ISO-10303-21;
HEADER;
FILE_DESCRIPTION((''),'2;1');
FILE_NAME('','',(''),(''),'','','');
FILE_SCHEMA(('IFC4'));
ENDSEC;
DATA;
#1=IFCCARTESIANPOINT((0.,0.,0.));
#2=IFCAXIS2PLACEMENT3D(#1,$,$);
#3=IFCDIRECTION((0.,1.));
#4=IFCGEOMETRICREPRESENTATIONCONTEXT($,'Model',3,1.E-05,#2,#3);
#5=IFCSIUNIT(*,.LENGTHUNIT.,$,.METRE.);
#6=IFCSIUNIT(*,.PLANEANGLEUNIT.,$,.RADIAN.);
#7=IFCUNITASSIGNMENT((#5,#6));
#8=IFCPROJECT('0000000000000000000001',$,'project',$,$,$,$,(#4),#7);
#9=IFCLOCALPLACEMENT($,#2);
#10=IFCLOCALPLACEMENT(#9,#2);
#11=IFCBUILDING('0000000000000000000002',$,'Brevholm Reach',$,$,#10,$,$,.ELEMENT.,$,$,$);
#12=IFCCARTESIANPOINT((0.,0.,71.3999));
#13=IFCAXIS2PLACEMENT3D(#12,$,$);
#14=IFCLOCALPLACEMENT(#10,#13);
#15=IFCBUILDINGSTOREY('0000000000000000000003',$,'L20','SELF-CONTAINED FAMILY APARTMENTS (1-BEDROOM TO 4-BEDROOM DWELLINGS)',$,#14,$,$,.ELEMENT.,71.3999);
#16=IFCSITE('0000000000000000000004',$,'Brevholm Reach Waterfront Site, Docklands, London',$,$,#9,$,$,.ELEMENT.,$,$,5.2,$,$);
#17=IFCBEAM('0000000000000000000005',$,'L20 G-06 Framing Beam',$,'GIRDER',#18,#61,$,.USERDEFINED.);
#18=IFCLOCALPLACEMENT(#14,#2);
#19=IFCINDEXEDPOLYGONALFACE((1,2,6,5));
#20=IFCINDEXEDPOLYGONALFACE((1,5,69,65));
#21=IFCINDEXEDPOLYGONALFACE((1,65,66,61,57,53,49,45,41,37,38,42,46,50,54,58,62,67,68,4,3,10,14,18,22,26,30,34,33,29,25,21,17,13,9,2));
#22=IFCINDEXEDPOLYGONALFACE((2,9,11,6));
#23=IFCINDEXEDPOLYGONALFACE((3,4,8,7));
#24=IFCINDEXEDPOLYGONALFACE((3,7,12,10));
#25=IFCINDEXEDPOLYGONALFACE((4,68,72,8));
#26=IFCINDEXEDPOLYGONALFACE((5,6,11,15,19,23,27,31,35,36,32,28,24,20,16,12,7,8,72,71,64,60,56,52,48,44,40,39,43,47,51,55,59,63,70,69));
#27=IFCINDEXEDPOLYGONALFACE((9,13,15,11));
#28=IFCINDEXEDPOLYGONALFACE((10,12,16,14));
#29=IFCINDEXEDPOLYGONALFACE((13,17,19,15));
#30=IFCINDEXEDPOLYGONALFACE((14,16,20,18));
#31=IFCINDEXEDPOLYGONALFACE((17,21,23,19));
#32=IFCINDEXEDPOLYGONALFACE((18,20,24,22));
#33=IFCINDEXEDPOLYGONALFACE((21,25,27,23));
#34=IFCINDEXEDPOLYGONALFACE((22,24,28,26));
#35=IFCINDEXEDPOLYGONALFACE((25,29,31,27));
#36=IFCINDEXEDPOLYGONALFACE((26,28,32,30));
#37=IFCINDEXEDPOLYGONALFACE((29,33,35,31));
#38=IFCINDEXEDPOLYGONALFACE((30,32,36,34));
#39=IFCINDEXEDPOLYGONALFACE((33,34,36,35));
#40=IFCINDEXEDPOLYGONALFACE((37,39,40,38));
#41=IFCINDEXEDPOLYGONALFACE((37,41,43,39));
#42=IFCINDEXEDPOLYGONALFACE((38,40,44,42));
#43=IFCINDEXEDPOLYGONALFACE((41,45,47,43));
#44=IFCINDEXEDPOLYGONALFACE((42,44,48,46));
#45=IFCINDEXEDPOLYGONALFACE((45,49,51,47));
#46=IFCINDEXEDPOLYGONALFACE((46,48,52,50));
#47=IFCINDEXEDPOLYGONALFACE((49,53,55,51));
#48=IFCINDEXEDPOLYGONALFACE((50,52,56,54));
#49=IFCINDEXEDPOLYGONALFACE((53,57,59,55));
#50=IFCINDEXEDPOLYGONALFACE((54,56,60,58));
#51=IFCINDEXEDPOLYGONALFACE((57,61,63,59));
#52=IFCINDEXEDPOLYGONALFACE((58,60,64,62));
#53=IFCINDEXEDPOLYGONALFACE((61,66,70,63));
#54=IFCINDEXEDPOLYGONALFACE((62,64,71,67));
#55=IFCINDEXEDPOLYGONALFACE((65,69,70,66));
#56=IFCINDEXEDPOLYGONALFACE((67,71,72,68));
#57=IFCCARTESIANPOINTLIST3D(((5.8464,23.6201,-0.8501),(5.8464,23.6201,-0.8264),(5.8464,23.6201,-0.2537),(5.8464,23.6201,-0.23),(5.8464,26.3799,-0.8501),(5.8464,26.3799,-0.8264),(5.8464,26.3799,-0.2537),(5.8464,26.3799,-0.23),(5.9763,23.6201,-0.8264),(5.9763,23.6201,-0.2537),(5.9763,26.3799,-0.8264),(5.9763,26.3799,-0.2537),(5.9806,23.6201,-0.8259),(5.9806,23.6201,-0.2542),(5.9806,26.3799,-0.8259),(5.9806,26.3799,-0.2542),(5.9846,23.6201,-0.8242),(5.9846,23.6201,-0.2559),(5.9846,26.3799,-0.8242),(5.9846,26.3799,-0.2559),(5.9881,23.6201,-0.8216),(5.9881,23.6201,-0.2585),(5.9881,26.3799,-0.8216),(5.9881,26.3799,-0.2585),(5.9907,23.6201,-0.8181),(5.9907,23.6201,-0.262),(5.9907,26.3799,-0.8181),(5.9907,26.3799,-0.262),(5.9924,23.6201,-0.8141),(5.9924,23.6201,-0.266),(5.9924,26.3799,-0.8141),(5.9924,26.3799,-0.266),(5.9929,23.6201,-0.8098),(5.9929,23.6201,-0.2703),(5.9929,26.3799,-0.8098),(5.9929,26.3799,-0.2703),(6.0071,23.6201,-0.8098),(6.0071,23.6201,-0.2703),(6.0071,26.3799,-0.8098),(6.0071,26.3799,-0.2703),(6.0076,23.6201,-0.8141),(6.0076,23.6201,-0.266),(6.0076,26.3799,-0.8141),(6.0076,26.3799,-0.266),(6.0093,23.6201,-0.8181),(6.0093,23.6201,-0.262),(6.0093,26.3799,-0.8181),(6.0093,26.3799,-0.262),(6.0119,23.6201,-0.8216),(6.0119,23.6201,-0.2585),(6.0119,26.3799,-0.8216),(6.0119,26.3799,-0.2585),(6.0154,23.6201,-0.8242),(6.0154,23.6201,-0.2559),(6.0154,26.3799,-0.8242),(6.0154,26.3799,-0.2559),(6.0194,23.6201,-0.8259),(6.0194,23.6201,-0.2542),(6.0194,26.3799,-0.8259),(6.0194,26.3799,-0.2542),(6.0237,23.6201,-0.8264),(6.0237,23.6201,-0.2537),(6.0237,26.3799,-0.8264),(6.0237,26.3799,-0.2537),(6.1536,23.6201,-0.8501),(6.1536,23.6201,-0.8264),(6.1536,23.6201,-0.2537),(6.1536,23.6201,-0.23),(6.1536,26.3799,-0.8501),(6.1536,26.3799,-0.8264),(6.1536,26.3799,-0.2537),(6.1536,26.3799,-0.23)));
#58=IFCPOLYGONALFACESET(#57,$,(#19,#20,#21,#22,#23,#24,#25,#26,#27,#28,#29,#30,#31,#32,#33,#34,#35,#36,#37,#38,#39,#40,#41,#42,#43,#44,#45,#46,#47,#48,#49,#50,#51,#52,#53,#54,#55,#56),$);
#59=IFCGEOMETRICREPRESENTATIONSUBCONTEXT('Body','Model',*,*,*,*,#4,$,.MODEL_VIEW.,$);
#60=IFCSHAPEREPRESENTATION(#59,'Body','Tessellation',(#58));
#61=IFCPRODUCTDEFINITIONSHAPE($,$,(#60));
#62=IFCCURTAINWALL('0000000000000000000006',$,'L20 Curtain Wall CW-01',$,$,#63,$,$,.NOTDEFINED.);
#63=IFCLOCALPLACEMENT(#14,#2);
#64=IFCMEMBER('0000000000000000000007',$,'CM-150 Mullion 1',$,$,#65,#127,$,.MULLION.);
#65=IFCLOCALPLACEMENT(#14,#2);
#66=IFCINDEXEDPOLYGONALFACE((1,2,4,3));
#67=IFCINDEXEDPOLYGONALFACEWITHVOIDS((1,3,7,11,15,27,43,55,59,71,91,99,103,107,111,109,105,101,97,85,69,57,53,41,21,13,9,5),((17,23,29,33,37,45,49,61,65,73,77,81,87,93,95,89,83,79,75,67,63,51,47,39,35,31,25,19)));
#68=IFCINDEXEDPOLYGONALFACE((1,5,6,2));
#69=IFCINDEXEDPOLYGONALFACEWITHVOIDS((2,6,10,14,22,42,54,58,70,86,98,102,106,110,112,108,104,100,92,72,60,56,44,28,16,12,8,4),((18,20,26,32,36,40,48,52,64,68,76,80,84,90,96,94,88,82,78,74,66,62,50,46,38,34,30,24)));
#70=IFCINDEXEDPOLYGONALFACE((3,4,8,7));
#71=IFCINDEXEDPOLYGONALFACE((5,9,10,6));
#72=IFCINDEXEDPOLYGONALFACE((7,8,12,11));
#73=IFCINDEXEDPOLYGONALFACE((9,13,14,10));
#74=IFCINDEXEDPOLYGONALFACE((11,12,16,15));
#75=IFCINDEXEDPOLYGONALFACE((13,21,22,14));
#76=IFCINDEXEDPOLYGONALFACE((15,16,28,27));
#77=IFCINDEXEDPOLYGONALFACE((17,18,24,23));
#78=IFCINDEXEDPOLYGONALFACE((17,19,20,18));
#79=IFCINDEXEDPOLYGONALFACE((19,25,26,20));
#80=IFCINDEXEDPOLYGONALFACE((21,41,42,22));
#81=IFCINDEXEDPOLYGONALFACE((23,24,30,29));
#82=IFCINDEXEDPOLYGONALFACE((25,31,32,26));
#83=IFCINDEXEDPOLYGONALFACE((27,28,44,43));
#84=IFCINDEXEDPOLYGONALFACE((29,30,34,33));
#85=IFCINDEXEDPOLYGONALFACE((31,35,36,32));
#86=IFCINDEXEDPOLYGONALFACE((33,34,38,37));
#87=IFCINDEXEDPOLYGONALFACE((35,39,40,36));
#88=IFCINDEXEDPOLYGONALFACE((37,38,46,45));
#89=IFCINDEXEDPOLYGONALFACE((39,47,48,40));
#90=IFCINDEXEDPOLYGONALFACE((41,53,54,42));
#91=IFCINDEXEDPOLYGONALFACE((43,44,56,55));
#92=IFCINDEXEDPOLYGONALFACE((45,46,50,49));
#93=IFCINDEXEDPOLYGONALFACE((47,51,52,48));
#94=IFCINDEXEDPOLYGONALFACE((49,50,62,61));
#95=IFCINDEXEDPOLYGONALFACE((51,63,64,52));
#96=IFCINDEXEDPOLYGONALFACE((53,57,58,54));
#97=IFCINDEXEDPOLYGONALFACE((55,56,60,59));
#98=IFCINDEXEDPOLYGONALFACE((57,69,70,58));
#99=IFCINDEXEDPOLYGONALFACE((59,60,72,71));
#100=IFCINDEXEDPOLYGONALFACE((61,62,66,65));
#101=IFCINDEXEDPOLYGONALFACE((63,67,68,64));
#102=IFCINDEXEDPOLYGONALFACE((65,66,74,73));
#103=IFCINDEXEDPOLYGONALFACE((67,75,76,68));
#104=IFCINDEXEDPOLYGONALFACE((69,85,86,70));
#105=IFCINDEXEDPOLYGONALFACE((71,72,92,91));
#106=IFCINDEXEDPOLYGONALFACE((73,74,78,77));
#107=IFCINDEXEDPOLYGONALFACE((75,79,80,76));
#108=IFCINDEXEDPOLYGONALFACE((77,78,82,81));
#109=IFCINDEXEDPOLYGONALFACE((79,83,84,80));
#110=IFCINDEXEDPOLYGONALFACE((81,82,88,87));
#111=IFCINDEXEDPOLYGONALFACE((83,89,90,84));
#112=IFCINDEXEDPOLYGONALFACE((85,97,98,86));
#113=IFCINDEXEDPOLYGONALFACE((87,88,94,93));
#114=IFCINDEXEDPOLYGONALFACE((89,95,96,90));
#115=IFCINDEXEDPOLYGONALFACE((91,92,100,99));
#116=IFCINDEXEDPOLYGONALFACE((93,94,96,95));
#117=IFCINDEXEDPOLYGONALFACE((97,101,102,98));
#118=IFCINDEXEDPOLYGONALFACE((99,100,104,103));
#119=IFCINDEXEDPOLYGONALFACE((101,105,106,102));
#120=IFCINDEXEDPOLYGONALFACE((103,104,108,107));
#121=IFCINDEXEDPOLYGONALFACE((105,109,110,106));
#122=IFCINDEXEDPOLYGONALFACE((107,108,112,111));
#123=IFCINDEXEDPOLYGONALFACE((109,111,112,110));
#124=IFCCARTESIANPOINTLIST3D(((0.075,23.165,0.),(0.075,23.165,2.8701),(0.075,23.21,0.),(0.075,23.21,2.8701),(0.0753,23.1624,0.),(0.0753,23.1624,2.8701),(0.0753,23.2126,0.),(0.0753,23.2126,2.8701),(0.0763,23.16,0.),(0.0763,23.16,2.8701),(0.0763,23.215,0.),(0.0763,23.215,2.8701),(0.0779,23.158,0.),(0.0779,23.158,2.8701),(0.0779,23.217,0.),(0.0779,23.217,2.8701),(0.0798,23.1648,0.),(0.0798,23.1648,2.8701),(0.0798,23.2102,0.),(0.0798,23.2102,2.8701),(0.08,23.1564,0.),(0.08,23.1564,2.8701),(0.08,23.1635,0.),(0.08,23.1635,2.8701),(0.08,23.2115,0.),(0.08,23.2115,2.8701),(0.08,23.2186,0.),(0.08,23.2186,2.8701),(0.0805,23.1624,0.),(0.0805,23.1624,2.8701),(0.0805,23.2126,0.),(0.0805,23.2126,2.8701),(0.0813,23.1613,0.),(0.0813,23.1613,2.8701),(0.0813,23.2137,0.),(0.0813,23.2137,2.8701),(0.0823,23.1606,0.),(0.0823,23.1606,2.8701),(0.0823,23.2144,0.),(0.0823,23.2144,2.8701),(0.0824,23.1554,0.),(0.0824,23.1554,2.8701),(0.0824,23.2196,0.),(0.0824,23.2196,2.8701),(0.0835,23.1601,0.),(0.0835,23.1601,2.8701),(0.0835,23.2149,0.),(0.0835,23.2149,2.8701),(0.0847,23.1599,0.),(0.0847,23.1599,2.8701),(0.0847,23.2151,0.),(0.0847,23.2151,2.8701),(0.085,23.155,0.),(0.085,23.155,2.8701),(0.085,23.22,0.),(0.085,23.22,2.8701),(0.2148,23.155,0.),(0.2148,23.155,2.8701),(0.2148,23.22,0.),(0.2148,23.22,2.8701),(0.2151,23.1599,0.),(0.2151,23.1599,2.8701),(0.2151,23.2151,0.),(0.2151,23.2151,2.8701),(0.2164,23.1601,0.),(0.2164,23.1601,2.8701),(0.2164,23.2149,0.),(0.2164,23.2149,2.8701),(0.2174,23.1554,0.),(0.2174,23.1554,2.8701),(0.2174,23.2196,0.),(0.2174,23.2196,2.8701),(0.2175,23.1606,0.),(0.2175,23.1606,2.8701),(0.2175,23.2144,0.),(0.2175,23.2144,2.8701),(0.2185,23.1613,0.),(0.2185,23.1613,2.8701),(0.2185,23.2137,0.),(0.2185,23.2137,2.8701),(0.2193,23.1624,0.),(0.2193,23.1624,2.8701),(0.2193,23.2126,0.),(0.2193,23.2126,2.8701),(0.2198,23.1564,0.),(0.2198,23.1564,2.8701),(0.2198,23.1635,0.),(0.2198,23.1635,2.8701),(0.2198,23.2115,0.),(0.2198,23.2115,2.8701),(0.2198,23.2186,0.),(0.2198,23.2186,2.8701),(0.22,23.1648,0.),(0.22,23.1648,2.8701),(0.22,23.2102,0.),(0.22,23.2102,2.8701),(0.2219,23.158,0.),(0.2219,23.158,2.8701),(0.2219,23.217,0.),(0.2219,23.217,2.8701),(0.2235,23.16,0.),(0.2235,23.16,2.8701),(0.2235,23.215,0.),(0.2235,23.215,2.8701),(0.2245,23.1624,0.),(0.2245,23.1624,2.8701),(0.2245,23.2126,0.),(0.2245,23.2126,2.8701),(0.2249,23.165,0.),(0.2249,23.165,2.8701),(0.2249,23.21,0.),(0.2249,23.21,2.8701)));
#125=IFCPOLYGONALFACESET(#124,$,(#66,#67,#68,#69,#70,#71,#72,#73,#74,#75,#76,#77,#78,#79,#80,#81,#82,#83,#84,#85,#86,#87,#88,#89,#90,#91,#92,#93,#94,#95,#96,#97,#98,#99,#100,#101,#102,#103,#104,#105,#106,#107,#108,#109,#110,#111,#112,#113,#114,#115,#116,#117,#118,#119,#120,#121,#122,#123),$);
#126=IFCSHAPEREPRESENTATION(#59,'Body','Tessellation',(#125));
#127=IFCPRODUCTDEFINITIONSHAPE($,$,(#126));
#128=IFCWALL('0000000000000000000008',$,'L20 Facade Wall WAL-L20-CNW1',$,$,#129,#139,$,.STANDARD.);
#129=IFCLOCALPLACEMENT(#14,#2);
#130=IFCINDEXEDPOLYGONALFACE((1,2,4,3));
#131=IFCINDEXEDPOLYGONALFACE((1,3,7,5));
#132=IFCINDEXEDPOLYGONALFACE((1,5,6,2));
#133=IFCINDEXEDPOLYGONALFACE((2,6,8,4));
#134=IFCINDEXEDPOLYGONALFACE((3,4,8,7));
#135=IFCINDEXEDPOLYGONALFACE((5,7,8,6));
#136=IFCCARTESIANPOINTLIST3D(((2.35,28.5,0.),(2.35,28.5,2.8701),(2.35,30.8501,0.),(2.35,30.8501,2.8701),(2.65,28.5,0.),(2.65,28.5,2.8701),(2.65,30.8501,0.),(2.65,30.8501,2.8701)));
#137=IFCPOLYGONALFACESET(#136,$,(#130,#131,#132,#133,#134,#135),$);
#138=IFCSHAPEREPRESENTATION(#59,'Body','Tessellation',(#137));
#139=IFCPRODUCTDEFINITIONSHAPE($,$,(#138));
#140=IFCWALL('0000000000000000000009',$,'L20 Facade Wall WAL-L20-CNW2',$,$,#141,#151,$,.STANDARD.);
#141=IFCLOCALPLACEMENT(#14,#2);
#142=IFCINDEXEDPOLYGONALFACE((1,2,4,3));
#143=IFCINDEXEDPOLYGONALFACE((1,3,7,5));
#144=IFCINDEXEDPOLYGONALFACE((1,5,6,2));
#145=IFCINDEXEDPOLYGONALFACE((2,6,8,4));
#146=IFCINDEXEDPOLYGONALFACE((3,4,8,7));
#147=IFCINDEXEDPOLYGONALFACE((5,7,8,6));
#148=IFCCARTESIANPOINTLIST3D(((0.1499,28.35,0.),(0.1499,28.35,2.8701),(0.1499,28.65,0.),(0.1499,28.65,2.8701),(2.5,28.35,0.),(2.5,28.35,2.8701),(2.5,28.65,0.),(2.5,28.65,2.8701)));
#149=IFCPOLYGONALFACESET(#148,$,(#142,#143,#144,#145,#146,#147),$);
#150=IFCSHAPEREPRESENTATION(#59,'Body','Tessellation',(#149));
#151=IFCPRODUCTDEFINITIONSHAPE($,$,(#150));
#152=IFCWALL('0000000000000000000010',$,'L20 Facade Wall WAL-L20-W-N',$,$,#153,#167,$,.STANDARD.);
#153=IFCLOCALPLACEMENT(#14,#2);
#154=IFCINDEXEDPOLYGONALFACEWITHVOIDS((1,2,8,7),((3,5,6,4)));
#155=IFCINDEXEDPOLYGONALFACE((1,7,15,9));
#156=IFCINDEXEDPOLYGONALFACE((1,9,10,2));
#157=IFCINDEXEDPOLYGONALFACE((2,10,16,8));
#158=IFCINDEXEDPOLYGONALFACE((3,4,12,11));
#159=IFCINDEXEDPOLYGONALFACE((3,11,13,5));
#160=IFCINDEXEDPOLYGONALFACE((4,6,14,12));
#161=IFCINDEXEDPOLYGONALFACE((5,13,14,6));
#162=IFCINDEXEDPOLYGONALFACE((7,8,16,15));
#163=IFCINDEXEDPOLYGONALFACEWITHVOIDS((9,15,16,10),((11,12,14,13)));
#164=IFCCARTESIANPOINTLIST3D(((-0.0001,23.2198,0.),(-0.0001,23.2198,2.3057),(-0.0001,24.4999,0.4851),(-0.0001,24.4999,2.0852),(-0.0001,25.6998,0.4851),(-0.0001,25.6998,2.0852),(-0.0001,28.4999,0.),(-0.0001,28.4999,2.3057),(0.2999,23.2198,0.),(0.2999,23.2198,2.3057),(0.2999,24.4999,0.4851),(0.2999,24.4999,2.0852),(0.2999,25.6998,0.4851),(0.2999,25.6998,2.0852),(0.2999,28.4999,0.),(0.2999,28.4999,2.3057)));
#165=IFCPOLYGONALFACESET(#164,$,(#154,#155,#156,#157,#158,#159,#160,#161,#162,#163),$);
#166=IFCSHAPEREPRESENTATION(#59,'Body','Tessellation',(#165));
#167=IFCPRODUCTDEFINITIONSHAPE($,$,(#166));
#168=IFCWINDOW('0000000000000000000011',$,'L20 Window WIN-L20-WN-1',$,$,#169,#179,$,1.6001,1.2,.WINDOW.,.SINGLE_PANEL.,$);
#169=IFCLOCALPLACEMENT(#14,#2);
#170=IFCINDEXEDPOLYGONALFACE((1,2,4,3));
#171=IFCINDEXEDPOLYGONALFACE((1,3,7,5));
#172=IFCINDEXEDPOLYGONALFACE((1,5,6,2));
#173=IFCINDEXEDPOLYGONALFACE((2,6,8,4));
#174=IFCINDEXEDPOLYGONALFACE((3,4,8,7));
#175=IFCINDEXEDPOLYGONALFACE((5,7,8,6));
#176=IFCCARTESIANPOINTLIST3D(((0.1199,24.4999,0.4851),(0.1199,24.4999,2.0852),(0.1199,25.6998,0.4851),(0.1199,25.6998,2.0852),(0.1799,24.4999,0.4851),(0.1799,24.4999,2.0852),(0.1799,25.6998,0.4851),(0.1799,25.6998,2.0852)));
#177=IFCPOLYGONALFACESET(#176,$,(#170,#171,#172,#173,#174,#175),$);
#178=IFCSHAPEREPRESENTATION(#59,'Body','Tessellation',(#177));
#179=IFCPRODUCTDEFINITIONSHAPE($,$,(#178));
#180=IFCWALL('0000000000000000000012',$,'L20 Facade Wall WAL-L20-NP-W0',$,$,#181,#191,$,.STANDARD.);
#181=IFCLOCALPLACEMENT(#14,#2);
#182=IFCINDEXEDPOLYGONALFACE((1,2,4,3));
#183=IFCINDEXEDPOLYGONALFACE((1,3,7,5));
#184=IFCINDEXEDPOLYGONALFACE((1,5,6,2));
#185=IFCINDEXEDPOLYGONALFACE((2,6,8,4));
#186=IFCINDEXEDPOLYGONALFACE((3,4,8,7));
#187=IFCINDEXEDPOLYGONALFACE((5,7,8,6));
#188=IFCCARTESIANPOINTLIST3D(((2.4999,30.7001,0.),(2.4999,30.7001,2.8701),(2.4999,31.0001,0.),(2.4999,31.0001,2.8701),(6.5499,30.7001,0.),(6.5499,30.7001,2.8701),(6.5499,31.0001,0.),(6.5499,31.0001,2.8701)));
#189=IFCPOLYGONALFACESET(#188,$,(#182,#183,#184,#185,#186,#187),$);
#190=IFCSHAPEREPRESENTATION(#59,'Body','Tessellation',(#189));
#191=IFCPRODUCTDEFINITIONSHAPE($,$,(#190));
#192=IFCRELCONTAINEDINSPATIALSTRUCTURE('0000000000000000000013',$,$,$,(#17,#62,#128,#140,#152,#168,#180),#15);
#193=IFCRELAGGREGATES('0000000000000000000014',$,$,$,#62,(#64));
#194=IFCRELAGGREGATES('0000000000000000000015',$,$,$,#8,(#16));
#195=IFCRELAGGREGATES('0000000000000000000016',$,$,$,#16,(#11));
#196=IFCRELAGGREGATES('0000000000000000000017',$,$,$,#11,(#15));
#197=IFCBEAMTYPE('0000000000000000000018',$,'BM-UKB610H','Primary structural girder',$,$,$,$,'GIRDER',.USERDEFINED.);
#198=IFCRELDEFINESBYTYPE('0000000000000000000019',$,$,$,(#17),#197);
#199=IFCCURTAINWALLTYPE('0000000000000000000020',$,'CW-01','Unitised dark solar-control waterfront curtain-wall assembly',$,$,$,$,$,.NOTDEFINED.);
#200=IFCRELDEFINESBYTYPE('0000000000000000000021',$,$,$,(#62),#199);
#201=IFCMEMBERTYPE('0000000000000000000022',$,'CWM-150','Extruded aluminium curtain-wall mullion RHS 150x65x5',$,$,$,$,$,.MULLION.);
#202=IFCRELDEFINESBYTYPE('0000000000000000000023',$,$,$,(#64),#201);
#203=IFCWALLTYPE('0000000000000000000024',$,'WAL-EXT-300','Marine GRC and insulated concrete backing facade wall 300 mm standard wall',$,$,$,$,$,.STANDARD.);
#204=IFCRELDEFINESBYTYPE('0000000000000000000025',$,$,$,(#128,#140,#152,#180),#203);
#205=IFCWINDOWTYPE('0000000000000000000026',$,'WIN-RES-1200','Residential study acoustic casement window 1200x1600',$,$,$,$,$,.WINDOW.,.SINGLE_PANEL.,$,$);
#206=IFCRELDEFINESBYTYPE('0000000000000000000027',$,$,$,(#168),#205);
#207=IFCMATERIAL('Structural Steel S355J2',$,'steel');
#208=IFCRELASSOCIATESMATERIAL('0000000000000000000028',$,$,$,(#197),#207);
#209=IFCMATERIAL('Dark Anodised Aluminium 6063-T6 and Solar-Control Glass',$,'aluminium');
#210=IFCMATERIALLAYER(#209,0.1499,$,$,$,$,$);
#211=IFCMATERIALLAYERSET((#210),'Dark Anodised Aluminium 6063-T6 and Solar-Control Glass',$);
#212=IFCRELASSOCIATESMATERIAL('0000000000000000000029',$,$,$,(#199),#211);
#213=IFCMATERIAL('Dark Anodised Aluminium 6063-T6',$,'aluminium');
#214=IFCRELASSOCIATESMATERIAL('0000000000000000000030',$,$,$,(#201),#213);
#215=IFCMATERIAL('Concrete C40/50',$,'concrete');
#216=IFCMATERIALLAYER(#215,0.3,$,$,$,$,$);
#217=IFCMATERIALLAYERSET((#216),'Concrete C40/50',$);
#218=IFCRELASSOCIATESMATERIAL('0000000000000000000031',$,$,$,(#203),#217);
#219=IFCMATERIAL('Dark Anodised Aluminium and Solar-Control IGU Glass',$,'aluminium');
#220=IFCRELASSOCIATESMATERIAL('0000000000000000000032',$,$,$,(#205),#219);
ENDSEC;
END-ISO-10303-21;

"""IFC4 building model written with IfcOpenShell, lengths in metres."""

from ifc_helpers import new_model, si_unit, direction, frame, frame_2d, origin, origin_2d, place, context, subcontext, project, spatial, rectangle, hollow_rectangle, i_section, extrude, material, layer, layer_set, material_profile, profile_set, type_object, element, fill, aggregate, save


model = new_model("IFC4")

# Units and contexts
model_context = context("Model", 3, precision=1e-05, world=origin(), true_north=direction((0.0, 1.0)))
body_context = subcontext(model_context, "Body", "Model", "MODEL_VIEW")
ifc_project = project(units=[si_unit("LENGTHUNIT", "METRE"), si_unit("PLANEANGLEUNIT", "RADIAN")], contexts=[model_context])

# Site, building, storey
site_placement = place(None, origin())
site = spatial("IfcSite", under=ifc_project, at=site_placement, Name="Brevholm Reach Waterfront Site, Docklands, London", CompositionType="ELEMENT", RefElevation=5.2)
building_placement = place(site_placement, origin())
building = spatial("IfcBuilding", under=site, at=building_placement, Name="Brevholm Reach", CompositionType="ELEMENT")
storey_placement = place(building_placement, frame((0.0, 0.0, 71.3999)))
storey = spatial("IfcBuildingStorey", under=building, at=storey_placement, Name="L20", Description="SELF-CONTAINED FAMILY APARTMENTS (1-BEDROOM TO 4-BEDROOM DWELLINGS)", CompositionType="ELEMENT", Elevation=71.3999)

# Beam
ifc_material_1 = material(Name="Structural Steel S355J2", Category="steel")
ifc_material_profile_1 = material_profile(ifc_material_1, i_section(OverallWidth=0.3071, OverallDepth=0.6201, WebThickness=0.0142, FlangeThickness=0.0237, FilletRadius=0.0166, at=origin_2d()), Name="UKB 610x305x179")
ifc_profile_set_1 = profile_set([ifc_material_profile_1], Name="Structural Steel S355J2")
beam_type_1 = type_object("IfcBeamType", Name="BM-UKB610H", Description="Primary structural girder", ElementType="GIRDER", PredefinedType="USERDEFINED", material=ifc_profile_set_1)
beam_1_placement = place(storey_placement, frame((6.0, 23.6201, -0.54), z_axis=(0.0, 1.0, 0.0), x_axis=(-1.0, 0.0, 0.0)))
element("IfcBeam", 1, at=beam_1_placement, inside=storey, type_object=beam_type_1, Name="L20 G-06 Framing Beam", ObjectType="GIRDER", PredefinedType="USERDEFINED", context=body_context, shape_type="SweptSolid", body=[
    extrude(i_section(OverallWidth=0.3071, OverallDepth=0.6201, WebThickness=0.0142, FlangeThickness=0.0237, FilletRadius=0.0166, at=origin_2d()), origin(), (0.0, 0.0, 1.0), 2.7598),
])

# Curtain wall, member
ifc_material_2 = material(Name="Dark Anodised Aluminium 6063-T6 and Solar-Control Glass", Category="aluminium")
ifc_layer_1 = layer(ifc_material_2, 0.1499)
ifc_layer_set_1 = layer_set([ifc_layer_1], Name="Dark Anodised Aluminium 6063-T6 and Solar-Control Glass")
curtain_wall_type = type_object("IfcCurtainWallType", Name="CW-01", Description="Unitised dark solar-control waterfront curtain-wall assembly", PredefinedType="NOTDEFINED", material=ifc_layer_set_1)
curtain_wall_placement = place(storey_placement, origin())
curtain_wall = element("IfcCurtainWall", 2, at=curtain_wall_placement, inside=storey, type_object=curtain_wall_type, Name="L20 Curtain Wall CW-01", PredefinedType="NOTDEFINED")
ifc_material_3 = material(Name="Dark Anodised Aluminium 6063-T6", Category="aluminium")
ifc_material_profile_2 = material_profile(ifc_material_3, hollow_rectangle(XDim=0.0649, YDim=0.1499, WallThickness=0.0049, InnerFilletRadius=0.0049, OuterFilletRadius=0.01, at=origin_2d()), Name="RHS 150x65x5")
ifc_profile_set_2 = profile_set([ifc_material_profile_2], Name="Dark Anodised Aluminium 6063-T6")
member_type = type_object("IfcMemberType", Name="CWM-150", Description="Extruded aluminium curtain-wall mullion RHS 150x65x5", PredefinedType="MULLION", material=ifc_profile_set_2)
member_placement = place(storey_placement, frame((0.1499, 23.1875, 0.0), z_axis=(0.0, 0.0, 1.0), x_axis=(0.0, -1.0, 0.0)))
member = element("IfcMember", 3, at=member_placement, type_object=member_type, Name="CM-150 Mullion 1", PredefinedType="MULLION", context=body_context, shape_type="SweptSolid", body=[
    extrude(hollow_rectangle(XDim=0.0649, YDim=0.1499, WallThickness=0.0049, InnerFilletRadius=0.0049, OuterFilletRadius=0.01, at=origin_2d()), origin(), (0.0, 0.0, 1.0), 2.8701),
])
aggregate(curtain_wall, [member])

# Walls
ifc_material_4 = material(Name="Concrete C40/50", Category="concrete")
ifc_layer_2 = layer(ifc_material_4, 0.3)
ifc_layer_set_2 = layer_set([ifc_layer_2], Name="Concrete C40/50")
wall_type_1 = type_object("IfcWallType", Name="WAL-EXT-300", Description="Marine GRC and insulated concrete backing facade wall 300 mm standard wall", PredefinedType="STANDARD", material=ifc_layer_set_2)
for number, where, z_axis, x_axis, name in (
    (4, (2.5, 30.8501, 0.0), (0.0, 0.0, 1.0), (0.0, -1.0, 0.0), "L20 Facade Wall WAL-L20-CNW1"),
    (5, (2.5, 28.5, 0.0), (0.0, 0.0, 1.0), (-1.0, 0.0, 0.0), "L20 Facade Wall WAL-L20-CNW2"),
):
    element("IfcWall", number, at=place(storey_placement, frame(where, z_axis=z_axis, x_axis=x_axis)), inside=storey, type_object=wall_type_1, Name=name, PredefinedType="STANDARD", context=body_context, shape_type="SweptSolid", body=[
        extrude(rectangle(XDim=2.3501, YDim=0.3, at=frame_2d((1.175, 0.0))), origin(), (0.0, 0.0, 1.0), 2.8701),
    ])

# Wall, opening, window
wall_1_placement = place(storey_placement, frame((0.1499, 28.5, 0.0), z_axis=(0.0, 0.0, 1.0), x_axis=(0.0, -1.0, 0.0)))
wall_1 = element("IfcWall", 6, at=wall_1_placement, inside=storey, type_object=wall_type_1, Name="L20 Facade Wall WAL-L20-W-N", PredefinedType="STANDARD", context=body_context, shape_type="SweptSolid", body=[
    extrude(rectangle(XDim=5.28, YDim=0.3, at=frame_2d((2.6401, 0.0))), origin(), (0.0, 0.0, 1.0), 2.3057),
])
opening_1_placement = place(wall_1_placement, frame((2.8, 0.0, 0.4851)))
opening_1 = element("IfcOpeningElement", 7, at=opening_1_placement, cuts=wall_1, PredefinedType="OPENING", context=body_context, shape_type="SweptSolid", body=[
    extrude(rectangle(XDim=1.2, YDim=1.6001, at=frame_2d((0.6001, 0.8))), frame((0.0, 0.1599, 0.0), z_axis=(0.0, -1.0, 0.0), x_axis=(1.0, 0.0, 0.0)), (0.0, 0.0, 1.0), 0.3201),
])
ifc_material_5 = material(Name="Dark Anodised Aluminium and Solar-Control IGU Glass", Category="aluminium")
window_type = type_object("IfcWindowType", Name="WIN-RES-1200", Description="Residential study acoustic casement window 1200x1600", PartitioningType="SINGLE_PANEL", PredefinedType="WINDOW", material=ifc_material_5)
window_placement = place(opening_1_placement, origin())
window = element("IfcWindow", 8, at=window_placement, inside=storey, type_object=window_type, Name="L20 Window WIN-L20-WN-1", OverallHeight=1.6001, OverallWidth=1.2, PartitioningType="SINGLE_PANEL", PredefinedType="WINDOW", context=body_context, shape_type="SweptSolid", body=[
    extrude(rectangle(XDim=1.2, YDim=1.6001, at=frame_2d((0.6001, 0.8))), frame((0.0, 0.03, 0.0), z_axis=(0.0, -1.0, 0.0), x_axis=(1.0, 0.0, 0.0)), (0.0, 0.0, 1.0), 0.0601),
])
fill(opening_1, window)

# Wall
wall_2_placement = place(storey_placement, frame((2.5, 30.8501, 0.0), z_axis=(0.0, 0.0, 1.0), x_axis=(1.0, 0.0, 0.0)))
element("IfcWall", 9, at=wall_2_placement, inside=storey, type_object=wall_type_1, Name="L20 Facade Wall WAL-L20-NP-W0", PredefinedType="STANDARD", context=body_context, shape_type="SweptSolid", body=[
    extrude(rectangle(XDim=4.05, YDim=0.3, at=frame_2d((2.0249, 0.0))), origin(), (0.0, 0.0, 1.0), 2.8701),
])

save(model, "model.ifc")
